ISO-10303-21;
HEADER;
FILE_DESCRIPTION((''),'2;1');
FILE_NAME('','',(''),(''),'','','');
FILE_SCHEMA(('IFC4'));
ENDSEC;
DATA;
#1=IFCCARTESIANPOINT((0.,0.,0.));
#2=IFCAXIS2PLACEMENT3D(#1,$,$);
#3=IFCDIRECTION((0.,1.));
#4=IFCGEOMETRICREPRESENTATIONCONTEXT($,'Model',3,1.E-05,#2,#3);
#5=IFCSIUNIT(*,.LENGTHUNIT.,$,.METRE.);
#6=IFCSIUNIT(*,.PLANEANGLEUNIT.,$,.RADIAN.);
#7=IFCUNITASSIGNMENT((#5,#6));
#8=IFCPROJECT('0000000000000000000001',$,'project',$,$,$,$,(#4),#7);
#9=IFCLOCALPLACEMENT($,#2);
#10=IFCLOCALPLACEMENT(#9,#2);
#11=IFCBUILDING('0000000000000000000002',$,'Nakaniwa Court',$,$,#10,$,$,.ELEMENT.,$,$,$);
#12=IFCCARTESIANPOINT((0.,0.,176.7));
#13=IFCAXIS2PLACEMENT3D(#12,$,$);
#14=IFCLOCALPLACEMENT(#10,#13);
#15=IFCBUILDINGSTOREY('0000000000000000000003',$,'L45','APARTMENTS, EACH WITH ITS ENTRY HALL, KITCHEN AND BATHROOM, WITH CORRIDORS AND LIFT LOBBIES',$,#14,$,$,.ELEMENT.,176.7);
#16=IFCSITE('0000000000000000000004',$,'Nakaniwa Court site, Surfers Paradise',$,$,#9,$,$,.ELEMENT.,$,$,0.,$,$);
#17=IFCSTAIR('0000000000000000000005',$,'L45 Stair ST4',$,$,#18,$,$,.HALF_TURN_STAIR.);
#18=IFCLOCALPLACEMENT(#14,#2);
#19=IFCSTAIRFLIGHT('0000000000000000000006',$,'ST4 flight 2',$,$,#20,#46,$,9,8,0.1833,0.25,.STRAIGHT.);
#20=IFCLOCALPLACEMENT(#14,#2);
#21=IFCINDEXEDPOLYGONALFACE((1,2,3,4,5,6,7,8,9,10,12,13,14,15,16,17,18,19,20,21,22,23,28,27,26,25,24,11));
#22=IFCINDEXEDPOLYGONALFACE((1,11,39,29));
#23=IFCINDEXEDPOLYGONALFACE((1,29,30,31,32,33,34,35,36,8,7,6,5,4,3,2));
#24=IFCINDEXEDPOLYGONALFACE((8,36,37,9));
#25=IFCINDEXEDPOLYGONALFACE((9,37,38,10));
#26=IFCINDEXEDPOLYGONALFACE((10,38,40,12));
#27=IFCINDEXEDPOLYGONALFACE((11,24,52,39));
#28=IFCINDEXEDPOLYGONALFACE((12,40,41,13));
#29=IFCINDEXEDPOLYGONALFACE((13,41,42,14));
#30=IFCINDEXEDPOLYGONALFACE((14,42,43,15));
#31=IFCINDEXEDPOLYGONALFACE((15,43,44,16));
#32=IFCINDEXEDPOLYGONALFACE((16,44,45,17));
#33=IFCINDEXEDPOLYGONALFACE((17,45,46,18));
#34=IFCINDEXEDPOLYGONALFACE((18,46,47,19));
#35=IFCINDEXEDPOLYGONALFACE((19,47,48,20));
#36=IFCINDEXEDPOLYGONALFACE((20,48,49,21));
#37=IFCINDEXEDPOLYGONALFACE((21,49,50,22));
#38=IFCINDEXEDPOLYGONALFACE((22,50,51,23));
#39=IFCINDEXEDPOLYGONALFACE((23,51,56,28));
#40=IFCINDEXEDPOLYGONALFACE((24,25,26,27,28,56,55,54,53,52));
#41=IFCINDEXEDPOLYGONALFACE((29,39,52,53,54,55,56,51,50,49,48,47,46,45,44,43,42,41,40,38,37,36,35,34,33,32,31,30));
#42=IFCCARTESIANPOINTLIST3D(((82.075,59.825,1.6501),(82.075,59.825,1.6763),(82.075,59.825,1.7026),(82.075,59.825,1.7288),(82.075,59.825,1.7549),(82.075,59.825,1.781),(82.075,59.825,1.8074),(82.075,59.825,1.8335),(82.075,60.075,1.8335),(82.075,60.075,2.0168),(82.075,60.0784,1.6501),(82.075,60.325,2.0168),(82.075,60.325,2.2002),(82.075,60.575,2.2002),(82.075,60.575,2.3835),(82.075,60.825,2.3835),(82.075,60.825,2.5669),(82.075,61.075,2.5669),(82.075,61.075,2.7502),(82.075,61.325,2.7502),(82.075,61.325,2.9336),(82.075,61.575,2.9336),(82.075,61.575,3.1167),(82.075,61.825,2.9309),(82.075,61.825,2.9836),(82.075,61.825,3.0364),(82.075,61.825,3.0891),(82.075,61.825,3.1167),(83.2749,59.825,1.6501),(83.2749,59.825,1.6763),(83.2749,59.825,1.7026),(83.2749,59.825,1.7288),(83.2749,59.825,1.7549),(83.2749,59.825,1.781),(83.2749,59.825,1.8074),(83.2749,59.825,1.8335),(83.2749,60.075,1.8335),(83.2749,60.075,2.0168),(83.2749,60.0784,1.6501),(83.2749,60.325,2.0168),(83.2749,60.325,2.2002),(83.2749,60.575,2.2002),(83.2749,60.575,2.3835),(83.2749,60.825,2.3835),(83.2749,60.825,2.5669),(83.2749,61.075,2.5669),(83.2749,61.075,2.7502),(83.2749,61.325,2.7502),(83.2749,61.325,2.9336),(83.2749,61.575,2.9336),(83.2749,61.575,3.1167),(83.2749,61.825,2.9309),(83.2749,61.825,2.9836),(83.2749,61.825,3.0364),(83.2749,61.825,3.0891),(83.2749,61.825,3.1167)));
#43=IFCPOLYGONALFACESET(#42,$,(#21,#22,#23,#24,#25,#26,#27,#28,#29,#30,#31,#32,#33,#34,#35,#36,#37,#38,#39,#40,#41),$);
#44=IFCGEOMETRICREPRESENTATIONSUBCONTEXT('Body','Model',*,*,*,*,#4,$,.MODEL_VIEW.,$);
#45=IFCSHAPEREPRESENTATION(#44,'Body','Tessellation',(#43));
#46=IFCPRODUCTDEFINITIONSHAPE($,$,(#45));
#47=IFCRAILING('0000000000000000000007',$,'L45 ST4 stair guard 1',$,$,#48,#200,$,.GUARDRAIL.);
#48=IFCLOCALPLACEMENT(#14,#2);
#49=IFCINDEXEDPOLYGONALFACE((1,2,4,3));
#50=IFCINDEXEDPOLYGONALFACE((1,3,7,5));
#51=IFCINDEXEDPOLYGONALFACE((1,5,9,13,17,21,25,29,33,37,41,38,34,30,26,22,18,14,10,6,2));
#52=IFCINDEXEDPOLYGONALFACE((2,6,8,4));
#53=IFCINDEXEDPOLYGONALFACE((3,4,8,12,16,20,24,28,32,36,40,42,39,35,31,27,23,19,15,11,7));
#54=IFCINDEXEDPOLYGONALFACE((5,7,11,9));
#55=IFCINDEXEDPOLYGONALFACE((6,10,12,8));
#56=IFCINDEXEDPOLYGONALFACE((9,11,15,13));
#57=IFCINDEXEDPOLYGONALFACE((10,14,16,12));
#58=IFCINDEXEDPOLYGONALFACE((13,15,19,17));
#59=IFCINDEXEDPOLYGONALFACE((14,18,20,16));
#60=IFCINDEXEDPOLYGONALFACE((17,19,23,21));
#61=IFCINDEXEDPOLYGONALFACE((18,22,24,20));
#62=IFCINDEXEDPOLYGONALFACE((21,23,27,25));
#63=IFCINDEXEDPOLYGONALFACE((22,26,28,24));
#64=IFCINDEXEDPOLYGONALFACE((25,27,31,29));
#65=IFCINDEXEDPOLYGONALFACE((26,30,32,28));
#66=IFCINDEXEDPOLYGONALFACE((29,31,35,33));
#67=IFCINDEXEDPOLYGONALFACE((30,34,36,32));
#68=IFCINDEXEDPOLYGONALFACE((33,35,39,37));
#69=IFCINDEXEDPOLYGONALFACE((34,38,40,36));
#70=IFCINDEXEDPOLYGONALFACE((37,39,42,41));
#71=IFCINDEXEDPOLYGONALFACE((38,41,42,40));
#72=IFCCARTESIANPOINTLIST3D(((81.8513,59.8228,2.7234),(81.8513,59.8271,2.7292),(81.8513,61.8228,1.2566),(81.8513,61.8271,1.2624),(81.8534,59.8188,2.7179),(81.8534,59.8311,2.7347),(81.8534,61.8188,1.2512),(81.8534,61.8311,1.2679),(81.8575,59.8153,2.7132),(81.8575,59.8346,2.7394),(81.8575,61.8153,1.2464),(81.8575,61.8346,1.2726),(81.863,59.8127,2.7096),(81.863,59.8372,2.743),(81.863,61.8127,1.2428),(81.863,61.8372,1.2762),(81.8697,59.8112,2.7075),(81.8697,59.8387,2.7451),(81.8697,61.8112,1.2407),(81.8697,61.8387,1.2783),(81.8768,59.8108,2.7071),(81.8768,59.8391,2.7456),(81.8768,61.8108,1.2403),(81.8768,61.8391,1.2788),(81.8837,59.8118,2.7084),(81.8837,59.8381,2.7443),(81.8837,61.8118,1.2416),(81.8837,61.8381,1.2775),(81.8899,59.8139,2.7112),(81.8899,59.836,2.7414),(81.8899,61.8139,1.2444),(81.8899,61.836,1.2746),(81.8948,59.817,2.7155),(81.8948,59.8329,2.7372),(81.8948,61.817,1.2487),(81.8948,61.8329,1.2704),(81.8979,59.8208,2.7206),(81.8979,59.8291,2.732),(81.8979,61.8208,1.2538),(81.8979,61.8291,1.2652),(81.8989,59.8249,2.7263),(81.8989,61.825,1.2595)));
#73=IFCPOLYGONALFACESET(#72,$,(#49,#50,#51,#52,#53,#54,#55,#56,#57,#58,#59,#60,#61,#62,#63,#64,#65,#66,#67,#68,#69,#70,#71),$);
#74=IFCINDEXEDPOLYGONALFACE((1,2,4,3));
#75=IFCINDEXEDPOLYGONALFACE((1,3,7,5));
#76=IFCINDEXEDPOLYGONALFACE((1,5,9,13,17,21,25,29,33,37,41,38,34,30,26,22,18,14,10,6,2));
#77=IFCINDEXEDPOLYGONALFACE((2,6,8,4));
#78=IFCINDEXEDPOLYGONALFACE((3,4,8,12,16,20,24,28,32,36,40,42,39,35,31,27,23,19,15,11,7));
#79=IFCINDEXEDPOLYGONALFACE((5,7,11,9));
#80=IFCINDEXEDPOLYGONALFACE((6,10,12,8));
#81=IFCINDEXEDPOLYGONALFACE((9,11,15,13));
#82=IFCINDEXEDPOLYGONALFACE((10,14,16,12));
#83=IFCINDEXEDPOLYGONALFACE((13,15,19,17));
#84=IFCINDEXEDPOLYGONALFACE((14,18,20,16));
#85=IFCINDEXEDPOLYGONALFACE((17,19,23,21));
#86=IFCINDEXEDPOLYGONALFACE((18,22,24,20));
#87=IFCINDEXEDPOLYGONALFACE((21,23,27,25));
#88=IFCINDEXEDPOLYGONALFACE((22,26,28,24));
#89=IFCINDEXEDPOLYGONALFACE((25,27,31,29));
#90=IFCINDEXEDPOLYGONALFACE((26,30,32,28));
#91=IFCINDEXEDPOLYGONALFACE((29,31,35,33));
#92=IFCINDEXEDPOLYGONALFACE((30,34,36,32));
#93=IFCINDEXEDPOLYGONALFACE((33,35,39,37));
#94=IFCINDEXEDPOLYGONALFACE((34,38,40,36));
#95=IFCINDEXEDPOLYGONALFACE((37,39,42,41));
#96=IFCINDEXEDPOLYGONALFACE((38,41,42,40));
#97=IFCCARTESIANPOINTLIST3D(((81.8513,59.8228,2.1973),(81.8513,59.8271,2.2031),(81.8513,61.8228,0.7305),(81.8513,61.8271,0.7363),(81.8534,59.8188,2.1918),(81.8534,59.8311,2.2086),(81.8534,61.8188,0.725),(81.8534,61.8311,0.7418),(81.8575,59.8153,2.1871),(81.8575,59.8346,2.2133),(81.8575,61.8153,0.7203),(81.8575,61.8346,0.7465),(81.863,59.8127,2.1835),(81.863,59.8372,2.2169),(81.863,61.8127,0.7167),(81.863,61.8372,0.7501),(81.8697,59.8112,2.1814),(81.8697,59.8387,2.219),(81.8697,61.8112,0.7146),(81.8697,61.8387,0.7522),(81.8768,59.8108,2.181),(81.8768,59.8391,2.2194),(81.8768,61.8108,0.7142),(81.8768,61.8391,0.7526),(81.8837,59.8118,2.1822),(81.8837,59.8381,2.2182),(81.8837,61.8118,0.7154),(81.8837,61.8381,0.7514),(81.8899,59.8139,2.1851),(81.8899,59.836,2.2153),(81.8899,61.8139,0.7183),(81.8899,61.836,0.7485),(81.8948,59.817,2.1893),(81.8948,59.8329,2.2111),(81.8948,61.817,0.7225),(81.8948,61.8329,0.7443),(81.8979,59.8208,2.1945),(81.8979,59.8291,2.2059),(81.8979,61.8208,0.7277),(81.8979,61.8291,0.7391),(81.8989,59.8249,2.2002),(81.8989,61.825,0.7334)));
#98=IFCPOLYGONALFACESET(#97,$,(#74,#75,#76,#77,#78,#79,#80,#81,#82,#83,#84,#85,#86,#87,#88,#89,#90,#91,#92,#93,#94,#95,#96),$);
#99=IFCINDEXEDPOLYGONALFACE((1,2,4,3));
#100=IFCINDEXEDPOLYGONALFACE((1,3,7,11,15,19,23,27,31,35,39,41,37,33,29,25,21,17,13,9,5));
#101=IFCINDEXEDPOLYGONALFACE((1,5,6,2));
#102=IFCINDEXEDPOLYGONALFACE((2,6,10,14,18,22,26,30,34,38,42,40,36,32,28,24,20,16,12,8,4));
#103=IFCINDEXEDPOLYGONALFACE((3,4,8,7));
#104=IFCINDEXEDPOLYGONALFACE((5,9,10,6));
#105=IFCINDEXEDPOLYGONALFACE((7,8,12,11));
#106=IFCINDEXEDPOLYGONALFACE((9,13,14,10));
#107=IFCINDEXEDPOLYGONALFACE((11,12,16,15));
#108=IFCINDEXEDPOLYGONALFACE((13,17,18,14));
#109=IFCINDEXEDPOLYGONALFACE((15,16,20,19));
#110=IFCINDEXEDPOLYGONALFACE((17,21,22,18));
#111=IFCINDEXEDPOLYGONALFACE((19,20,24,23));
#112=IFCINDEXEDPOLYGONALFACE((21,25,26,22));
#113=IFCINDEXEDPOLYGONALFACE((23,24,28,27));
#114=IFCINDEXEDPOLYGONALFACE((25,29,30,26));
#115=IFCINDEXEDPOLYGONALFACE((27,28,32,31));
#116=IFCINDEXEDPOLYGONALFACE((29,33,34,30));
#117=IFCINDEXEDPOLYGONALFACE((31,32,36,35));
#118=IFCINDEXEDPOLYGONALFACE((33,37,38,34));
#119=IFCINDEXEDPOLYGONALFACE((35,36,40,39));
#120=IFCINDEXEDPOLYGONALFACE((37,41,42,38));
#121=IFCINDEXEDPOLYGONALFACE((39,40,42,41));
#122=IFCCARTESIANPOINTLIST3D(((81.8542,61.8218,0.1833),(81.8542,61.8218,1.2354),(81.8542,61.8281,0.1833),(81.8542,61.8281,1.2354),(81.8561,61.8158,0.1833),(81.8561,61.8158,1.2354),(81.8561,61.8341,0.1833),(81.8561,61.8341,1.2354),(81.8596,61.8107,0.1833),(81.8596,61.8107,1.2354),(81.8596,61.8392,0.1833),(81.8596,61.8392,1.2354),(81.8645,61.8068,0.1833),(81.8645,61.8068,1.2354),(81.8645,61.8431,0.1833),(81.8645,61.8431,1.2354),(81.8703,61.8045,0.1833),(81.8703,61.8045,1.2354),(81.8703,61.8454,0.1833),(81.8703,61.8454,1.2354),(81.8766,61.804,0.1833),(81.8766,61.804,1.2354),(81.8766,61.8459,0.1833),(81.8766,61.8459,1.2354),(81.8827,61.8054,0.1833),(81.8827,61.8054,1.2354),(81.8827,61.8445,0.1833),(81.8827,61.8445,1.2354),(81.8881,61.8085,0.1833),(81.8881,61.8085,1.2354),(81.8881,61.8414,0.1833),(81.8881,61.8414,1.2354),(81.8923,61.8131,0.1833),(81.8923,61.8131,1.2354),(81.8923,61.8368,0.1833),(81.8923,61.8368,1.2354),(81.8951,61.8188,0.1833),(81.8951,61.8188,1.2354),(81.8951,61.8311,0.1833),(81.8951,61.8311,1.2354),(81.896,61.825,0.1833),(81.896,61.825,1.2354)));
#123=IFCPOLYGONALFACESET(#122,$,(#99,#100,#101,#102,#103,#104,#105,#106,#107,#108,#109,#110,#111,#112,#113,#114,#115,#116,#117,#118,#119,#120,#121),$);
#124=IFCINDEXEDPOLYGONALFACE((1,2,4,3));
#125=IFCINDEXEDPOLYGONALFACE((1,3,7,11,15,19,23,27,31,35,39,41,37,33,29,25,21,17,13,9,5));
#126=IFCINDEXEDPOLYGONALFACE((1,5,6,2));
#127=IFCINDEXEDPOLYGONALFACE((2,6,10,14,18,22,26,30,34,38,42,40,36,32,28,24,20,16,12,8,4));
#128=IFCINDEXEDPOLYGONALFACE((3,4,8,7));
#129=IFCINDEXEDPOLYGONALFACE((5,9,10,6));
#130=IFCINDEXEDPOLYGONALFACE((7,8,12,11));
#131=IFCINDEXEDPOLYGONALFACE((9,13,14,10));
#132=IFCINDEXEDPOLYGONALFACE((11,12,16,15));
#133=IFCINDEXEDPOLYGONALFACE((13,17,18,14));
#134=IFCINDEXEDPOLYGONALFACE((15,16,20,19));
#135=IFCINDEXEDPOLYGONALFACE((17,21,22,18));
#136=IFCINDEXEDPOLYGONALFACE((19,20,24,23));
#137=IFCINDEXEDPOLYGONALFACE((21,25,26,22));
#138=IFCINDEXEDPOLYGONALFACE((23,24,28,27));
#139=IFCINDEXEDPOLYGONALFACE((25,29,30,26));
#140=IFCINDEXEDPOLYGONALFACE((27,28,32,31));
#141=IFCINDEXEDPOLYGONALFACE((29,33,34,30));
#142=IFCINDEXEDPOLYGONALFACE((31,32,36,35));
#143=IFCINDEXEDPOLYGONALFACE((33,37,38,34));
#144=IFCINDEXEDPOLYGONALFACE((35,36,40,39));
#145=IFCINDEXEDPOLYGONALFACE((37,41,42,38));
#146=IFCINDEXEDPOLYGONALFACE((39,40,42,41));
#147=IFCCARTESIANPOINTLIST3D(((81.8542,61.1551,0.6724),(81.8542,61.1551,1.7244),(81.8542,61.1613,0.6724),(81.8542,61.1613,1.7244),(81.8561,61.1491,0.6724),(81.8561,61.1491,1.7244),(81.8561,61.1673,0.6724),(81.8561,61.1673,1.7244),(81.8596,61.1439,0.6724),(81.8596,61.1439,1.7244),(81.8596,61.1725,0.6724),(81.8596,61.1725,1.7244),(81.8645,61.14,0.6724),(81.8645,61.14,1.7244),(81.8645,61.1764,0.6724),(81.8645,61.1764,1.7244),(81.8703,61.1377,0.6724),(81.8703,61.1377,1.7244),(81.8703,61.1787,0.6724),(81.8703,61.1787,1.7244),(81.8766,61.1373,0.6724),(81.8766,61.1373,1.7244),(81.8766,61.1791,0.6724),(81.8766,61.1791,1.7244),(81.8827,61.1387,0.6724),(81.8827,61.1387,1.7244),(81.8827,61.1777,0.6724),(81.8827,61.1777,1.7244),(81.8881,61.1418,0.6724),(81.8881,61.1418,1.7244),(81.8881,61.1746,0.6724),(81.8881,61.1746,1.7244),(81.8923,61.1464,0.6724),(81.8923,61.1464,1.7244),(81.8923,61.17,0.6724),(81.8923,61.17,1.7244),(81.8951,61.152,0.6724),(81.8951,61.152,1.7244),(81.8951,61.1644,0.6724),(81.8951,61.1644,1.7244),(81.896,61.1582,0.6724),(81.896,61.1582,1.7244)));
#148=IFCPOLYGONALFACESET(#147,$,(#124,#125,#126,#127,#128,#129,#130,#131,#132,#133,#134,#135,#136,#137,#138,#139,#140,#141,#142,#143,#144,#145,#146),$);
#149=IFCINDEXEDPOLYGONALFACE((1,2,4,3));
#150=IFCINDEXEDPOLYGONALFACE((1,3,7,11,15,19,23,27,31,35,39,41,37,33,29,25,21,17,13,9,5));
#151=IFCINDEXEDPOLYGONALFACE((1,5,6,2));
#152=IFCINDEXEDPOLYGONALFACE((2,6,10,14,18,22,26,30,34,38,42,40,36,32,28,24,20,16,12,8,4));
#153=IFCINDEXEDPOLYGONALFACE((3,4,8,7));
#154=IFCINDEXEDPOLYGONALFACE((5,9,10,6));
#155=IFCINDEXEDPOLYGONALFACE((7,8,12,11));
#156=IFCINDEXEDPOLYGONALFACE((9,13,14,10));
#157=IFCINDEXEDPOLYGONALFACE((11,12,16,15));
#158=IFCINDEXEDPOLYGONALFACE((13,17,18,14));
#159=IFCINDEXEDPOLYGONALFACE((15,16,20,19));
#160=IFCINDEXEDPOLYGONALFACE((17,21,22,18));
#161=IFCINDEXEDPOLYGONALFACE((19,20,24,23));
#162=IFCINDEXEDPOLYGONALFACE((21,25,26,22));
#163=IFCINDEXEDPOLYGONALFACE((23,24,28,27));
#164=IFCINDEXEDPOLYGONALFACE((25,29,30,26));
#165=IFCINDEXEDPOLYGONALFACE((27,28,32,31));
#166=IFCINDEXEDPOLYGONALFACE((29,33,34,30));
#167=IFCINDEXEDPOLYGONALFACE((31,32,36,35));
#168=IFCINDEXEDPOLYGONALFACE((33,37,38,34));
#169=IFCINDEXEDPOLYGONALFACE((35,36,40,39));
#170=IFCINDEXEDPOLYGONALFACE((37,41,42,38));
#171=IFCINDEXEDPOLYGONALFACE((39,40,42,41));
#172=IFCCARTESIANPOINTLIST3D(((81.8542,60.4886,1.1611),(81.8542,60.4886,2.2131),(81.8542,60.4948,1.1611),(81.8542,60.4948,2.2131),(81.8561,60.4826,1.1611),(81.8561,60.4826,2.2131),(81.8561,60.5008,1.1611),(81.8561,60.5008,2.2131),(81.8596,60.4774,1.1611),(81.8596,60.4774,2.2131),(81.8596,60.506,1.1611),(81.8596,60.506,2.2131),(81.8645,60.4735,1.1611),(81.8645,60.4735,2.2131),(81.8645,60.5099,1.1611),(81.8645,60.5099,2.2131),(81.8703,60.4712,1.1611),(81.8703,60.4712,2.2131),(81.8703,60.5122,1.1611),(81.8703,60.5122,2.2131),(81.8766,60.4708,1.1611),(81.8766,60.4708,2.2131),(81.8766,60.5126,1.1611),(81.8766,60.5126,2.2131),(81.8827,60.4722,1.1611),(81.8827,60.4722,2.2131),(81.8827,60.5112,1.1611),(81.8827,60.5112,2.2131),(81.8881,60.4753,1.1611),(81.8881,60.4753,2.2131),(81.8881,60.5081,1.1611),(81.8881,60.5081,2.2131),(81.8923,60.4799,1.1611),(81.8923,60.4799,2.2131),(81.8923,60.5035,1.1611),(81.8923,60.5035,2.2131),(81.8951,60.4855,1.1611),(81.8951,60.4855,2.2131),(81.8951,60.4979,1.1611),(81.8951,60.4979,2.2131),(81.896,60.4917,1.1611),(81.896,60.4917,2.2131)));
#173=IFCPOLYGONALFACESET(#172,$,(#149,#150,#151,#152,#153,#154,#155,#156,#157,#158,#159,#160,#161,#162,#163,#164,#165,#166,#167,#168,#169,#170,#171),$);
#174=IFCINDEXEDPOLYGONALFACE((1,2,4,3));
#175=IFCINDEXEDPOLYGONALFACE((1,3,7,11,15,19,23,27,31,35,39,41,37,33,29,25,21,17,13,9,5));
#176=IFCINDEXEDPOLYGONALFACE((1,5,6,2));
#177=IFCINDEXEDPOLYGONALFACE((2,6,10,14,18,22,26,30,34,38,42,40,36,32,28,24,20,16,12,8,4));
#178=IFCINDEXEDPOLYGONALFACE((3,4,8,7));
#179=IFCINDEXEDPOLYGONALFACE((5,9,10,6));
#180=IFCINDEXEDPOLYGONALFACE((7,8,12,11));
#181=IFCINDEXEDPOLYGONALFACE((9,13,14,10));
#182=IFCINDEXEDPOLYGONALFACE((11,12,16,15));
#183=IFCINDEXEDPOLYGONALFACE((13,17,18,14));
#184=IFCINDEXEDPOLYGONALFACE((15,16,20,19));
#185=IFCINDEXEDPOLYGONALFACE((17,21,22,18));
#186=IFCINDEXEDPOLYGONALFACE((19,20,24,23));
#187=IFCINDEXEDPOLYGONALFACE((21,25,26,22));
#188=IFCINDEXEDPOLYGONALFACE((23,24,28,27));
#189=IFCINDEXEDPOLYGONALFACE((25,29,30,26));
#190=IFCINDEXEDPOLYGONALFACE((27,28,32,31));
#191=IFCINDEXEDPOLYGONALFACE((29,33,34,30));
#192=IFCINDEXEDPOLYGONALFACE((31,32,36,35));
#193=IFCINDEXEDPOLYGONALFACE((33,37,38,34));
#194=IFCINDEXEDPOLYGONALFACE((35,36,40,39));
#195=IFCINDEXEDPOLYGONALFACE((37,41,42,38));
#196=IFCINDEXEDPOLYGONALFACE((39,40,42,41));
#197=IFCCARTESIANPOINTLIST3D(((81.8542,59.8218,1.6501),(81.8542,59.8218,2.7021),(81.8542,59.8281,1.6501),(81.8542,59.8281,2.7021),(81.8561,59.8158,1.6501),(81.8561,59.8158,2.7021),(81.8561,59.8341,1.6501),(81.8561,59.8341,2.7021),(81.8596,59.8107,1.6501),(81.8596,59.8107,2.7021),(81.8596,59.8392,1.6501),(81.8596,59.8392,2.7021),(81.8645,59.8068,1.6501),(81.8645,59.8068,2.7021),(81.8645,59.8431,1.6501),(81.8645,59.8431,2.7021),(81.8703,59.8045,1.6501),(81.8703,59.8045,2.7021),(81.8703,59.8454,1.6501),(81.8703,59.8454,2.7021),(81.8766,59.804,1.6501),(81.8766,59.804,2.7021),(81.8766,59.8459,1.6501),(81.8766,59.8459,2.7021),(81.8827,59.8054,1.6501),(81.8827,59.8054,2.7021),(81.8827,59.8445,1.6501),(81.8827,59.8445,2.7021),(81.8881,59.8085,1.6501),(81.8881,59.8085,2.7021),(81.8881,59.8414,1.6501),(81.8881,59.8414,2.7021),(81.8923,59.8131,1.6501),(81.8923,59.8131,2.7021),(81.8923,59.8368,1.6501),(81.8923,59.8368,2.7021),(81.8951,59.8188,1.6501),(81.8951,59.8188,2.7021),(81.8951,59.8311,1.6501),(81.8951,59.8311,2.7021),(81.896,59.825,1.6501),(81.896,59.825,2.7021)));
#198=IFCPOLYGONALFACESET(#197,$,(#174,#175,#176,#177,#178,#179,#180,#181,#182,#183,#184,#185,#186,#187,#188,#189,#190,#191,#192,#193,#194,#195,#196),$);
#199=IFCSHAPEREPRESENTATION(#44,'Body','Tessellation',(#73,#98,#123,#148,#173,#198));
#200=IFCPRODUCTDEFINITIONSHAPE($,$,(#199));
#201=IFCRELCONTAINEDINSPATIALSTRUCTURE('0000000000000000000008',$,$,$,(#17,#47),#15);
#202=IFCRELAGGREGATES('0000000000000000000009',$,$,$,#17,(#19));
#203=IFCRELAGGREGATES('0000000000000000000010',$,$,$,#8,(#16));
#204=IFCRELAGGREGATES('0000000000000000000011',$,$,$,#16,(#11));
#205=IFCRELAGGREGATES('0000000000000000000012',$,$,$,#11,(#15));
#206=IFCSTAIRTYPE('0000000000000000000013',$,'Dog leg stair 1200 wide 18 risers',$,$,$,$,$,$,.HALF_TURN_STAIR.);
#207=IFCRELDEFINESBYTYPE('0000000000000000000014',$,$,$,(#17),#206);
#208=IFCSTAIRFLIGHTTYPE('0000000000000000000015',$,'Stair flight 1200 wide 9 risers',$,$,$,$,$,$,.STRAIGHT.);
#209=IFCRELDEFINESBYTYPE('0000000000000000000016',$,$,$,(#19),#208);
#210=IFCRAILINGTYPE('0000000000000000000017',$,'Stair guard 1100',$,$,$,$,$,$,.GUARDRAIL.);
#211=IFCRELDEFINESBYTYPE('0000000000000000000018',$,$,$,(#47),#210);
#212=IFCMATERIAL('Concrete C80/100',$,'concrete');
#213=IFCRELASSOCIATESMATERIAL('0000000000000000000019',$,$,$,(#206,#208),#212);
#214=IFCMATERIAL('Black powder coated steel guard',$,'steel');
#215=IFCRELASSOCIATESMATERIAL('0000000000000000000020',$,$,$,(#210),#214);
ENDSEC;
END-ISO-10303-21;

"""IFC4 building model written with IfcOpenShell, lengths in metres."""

from ifc_helpers import new_model, si_unit, direction, frame, origin, origin_2d, place, context, subcontext, project, spatial, polyline, circle, outline, extrude, material, type_object, element, aggregate, save


model = new_model("IFC4")

# Units and contexts
model_context = context("Model", 3, precision=1e-05, world=origin(), true_north=direction((0.0, 1.0)))
body_context = subcontext(model_context, "Body", "Model", "MODEL_VIEW")
ifc_project = project(units=[si_unit("LENGTHUNIT", "METRE"), si_unit("PLANEANGLEUNIT", "RADIAN")], contexts=[model_context])

# Site, building, storey
site_placement = place(None, origin())
site = spatial("IfcSite", under=ifc_project, at=site_placement, Name="Nakaniwa Court site, Surfers Paradise", CompositionType="ELEMENT", RefElevation=0.0)
building_placement = place(site_placement, origin())
building = spatial("IfcBuilding", under=site, at=building_placement, Name="Nakaniwa Court", CompositionType="ELEMENT")
storey_placement = place(building_placement, frame((0.0, 0.0, 176.7)))
storey = spatial("IfcBuildingStorey", under=building, at=storey_placement, Name="L45", Description="APARTMENTS, EACH WITH ITS ENTRY HALL, KITCHEN AND BATHROOM, WITH CORRIDORS AND LIFT LOBBIES", CompositionType="ELEMENT", Elevation=176.7)

# Shared definitions
ifc_material_1 = material(Name="Concrete C80/100", Category="concrete")

# Stair, stair flight
stair_type = type_object("IfcStairType", Name="Dog leg stair 1200 wide 18 risers", PredefinedType="HALF_TURN_STAIR", material=ifc_material_1)
stair_placement = place(storey_placement, origin())
stair = element("IfcStair", 1, at=stair_placement, inside=storey, type_object=stair_type, Name="L45 Stair ST4", PredefinedType="HALF_TURN_STAIR")
stair_flight_type = type_object("IfcStairFlightType", Name="Stair flight 1200 wide 9 risers", PredefinedType="STRAIGHT", material=ifc_material_1)
stair_flight_1_placement = place(storey_placement, frame((82.675, 59.825, 1.6501), z_axis=(0.0, 0.0, 1.0), x_axis=(0.0, 1.0, 0.0)))
stair_flight_1 = element("IfcStairFlight", 2, at=stair_flight_1_placement, type_object=stair_flight_type, Name="ST4 flight 2", NumberOfRisers=9, NumberOfTreads=8, PredefinedType="STRAIGHT", RiserHeight=0.1833, TreadLength=0.25, context=body_context, shape_type="SweptSolid", body=[
    extrude(outline(polyline([(0.0, 0.0), (0.0, 0.0261), (0.0, 0.0525), (0.0, 0.0786), (0.0, 0.1047), (0.0, 0.1309), (0.0, 0.1572), (0.0, 0.1833), (0.25, 0.1833), (0.25, 0.3667), (0.5, 0.3667), (0.5, 0.55), (0.75, 0.55), (0.75, 0.7334), (1.0, 0.7334), (1.0, 0.9167), (1.25, 0.9167), (1.25, 1.1001), (1.5, 1.1001), (1.5, 1.2834), (1.75, 1.2834), (1.75, 1.4666), (2.0, 1.4666), (2.0, 1.6499), (2.0, 1.5972), (2.0, 1.5444), (2.0, 1.4917), (2.0, 1.439), (2.0, 1.3862), (2.0, 1.3335), (2.0, 1.2808), (0.2534, 0.0), (0.0, 0.0)])), frame((0.0, 0.6001, 0.0), z_axis=(0.0, -1.0, 0.0), x_axis=(1.0, 0.0, 0.0)), (0.0, 0.0, 1.0), 1.2),
])
aggregate(stair, [stair_flight_1])

# Railing
ifc_material_2 = material(Name="Black powder coated steel guard", Category="steel")
railing_type_1 = type_object("IfcRailingType", Name="Stair guard 1100", PredefinedType="GUARDRAIL", material=ifc_material_2)
railing_1_placement = place(storey_placement, frame((81.875, 61.825, 0.1833)))
element("IfcRailing", 3, at=railing_1_placement, inside=storey, type_object=railing_type_1, Name="L45 ST4 stair guard 1", PredefinedType="GUARDRAIL", context=body_context, shape_type="SweptSolid", body=[
    extrude(circle(Radius=0.0239, at=origin_2d()), frame((0.0, 0.0, 1.0762), z_axis=(0.0, -0.80638, 0.591398), x_axis=(1.0, 0.0, 0.0)), (0.0, 0.0, 1.0), 2.4802),
    extrude(circle(Radius=0.0239, at=origin_2d()), frame((0.0, 0.0, 0.55), z_axis=(0.0, -0.80638, 0.591398), x_axis=(1.0, 0.0, 0.0)), (0.0, 0.0, 1.0), 2.4802),
    extrude(circle(Radius=0.021, at=origin_2d()), origin(), (0.0, 0.0, 1.0), 1.052),
    extrude(circle(Radius=0.021, at=origin_2d()), frame((0.0, -0.6667, 0.489)), (0.0, 0.0, 1.0), 1.052),
    extrude(circle(Radius=0.021, at=origin_2d()), frame((0.0, -1.3333, 0.9778)), (0.0, 0.0, 1.0), 1.052),
    extrude(circle(Radius=0.021, at=origin_2d()), frame((0.0, -2.0, 1.4668)), (0.0, 0.0, 1.0), 1.052),
])

save(model, "model.ifc")
